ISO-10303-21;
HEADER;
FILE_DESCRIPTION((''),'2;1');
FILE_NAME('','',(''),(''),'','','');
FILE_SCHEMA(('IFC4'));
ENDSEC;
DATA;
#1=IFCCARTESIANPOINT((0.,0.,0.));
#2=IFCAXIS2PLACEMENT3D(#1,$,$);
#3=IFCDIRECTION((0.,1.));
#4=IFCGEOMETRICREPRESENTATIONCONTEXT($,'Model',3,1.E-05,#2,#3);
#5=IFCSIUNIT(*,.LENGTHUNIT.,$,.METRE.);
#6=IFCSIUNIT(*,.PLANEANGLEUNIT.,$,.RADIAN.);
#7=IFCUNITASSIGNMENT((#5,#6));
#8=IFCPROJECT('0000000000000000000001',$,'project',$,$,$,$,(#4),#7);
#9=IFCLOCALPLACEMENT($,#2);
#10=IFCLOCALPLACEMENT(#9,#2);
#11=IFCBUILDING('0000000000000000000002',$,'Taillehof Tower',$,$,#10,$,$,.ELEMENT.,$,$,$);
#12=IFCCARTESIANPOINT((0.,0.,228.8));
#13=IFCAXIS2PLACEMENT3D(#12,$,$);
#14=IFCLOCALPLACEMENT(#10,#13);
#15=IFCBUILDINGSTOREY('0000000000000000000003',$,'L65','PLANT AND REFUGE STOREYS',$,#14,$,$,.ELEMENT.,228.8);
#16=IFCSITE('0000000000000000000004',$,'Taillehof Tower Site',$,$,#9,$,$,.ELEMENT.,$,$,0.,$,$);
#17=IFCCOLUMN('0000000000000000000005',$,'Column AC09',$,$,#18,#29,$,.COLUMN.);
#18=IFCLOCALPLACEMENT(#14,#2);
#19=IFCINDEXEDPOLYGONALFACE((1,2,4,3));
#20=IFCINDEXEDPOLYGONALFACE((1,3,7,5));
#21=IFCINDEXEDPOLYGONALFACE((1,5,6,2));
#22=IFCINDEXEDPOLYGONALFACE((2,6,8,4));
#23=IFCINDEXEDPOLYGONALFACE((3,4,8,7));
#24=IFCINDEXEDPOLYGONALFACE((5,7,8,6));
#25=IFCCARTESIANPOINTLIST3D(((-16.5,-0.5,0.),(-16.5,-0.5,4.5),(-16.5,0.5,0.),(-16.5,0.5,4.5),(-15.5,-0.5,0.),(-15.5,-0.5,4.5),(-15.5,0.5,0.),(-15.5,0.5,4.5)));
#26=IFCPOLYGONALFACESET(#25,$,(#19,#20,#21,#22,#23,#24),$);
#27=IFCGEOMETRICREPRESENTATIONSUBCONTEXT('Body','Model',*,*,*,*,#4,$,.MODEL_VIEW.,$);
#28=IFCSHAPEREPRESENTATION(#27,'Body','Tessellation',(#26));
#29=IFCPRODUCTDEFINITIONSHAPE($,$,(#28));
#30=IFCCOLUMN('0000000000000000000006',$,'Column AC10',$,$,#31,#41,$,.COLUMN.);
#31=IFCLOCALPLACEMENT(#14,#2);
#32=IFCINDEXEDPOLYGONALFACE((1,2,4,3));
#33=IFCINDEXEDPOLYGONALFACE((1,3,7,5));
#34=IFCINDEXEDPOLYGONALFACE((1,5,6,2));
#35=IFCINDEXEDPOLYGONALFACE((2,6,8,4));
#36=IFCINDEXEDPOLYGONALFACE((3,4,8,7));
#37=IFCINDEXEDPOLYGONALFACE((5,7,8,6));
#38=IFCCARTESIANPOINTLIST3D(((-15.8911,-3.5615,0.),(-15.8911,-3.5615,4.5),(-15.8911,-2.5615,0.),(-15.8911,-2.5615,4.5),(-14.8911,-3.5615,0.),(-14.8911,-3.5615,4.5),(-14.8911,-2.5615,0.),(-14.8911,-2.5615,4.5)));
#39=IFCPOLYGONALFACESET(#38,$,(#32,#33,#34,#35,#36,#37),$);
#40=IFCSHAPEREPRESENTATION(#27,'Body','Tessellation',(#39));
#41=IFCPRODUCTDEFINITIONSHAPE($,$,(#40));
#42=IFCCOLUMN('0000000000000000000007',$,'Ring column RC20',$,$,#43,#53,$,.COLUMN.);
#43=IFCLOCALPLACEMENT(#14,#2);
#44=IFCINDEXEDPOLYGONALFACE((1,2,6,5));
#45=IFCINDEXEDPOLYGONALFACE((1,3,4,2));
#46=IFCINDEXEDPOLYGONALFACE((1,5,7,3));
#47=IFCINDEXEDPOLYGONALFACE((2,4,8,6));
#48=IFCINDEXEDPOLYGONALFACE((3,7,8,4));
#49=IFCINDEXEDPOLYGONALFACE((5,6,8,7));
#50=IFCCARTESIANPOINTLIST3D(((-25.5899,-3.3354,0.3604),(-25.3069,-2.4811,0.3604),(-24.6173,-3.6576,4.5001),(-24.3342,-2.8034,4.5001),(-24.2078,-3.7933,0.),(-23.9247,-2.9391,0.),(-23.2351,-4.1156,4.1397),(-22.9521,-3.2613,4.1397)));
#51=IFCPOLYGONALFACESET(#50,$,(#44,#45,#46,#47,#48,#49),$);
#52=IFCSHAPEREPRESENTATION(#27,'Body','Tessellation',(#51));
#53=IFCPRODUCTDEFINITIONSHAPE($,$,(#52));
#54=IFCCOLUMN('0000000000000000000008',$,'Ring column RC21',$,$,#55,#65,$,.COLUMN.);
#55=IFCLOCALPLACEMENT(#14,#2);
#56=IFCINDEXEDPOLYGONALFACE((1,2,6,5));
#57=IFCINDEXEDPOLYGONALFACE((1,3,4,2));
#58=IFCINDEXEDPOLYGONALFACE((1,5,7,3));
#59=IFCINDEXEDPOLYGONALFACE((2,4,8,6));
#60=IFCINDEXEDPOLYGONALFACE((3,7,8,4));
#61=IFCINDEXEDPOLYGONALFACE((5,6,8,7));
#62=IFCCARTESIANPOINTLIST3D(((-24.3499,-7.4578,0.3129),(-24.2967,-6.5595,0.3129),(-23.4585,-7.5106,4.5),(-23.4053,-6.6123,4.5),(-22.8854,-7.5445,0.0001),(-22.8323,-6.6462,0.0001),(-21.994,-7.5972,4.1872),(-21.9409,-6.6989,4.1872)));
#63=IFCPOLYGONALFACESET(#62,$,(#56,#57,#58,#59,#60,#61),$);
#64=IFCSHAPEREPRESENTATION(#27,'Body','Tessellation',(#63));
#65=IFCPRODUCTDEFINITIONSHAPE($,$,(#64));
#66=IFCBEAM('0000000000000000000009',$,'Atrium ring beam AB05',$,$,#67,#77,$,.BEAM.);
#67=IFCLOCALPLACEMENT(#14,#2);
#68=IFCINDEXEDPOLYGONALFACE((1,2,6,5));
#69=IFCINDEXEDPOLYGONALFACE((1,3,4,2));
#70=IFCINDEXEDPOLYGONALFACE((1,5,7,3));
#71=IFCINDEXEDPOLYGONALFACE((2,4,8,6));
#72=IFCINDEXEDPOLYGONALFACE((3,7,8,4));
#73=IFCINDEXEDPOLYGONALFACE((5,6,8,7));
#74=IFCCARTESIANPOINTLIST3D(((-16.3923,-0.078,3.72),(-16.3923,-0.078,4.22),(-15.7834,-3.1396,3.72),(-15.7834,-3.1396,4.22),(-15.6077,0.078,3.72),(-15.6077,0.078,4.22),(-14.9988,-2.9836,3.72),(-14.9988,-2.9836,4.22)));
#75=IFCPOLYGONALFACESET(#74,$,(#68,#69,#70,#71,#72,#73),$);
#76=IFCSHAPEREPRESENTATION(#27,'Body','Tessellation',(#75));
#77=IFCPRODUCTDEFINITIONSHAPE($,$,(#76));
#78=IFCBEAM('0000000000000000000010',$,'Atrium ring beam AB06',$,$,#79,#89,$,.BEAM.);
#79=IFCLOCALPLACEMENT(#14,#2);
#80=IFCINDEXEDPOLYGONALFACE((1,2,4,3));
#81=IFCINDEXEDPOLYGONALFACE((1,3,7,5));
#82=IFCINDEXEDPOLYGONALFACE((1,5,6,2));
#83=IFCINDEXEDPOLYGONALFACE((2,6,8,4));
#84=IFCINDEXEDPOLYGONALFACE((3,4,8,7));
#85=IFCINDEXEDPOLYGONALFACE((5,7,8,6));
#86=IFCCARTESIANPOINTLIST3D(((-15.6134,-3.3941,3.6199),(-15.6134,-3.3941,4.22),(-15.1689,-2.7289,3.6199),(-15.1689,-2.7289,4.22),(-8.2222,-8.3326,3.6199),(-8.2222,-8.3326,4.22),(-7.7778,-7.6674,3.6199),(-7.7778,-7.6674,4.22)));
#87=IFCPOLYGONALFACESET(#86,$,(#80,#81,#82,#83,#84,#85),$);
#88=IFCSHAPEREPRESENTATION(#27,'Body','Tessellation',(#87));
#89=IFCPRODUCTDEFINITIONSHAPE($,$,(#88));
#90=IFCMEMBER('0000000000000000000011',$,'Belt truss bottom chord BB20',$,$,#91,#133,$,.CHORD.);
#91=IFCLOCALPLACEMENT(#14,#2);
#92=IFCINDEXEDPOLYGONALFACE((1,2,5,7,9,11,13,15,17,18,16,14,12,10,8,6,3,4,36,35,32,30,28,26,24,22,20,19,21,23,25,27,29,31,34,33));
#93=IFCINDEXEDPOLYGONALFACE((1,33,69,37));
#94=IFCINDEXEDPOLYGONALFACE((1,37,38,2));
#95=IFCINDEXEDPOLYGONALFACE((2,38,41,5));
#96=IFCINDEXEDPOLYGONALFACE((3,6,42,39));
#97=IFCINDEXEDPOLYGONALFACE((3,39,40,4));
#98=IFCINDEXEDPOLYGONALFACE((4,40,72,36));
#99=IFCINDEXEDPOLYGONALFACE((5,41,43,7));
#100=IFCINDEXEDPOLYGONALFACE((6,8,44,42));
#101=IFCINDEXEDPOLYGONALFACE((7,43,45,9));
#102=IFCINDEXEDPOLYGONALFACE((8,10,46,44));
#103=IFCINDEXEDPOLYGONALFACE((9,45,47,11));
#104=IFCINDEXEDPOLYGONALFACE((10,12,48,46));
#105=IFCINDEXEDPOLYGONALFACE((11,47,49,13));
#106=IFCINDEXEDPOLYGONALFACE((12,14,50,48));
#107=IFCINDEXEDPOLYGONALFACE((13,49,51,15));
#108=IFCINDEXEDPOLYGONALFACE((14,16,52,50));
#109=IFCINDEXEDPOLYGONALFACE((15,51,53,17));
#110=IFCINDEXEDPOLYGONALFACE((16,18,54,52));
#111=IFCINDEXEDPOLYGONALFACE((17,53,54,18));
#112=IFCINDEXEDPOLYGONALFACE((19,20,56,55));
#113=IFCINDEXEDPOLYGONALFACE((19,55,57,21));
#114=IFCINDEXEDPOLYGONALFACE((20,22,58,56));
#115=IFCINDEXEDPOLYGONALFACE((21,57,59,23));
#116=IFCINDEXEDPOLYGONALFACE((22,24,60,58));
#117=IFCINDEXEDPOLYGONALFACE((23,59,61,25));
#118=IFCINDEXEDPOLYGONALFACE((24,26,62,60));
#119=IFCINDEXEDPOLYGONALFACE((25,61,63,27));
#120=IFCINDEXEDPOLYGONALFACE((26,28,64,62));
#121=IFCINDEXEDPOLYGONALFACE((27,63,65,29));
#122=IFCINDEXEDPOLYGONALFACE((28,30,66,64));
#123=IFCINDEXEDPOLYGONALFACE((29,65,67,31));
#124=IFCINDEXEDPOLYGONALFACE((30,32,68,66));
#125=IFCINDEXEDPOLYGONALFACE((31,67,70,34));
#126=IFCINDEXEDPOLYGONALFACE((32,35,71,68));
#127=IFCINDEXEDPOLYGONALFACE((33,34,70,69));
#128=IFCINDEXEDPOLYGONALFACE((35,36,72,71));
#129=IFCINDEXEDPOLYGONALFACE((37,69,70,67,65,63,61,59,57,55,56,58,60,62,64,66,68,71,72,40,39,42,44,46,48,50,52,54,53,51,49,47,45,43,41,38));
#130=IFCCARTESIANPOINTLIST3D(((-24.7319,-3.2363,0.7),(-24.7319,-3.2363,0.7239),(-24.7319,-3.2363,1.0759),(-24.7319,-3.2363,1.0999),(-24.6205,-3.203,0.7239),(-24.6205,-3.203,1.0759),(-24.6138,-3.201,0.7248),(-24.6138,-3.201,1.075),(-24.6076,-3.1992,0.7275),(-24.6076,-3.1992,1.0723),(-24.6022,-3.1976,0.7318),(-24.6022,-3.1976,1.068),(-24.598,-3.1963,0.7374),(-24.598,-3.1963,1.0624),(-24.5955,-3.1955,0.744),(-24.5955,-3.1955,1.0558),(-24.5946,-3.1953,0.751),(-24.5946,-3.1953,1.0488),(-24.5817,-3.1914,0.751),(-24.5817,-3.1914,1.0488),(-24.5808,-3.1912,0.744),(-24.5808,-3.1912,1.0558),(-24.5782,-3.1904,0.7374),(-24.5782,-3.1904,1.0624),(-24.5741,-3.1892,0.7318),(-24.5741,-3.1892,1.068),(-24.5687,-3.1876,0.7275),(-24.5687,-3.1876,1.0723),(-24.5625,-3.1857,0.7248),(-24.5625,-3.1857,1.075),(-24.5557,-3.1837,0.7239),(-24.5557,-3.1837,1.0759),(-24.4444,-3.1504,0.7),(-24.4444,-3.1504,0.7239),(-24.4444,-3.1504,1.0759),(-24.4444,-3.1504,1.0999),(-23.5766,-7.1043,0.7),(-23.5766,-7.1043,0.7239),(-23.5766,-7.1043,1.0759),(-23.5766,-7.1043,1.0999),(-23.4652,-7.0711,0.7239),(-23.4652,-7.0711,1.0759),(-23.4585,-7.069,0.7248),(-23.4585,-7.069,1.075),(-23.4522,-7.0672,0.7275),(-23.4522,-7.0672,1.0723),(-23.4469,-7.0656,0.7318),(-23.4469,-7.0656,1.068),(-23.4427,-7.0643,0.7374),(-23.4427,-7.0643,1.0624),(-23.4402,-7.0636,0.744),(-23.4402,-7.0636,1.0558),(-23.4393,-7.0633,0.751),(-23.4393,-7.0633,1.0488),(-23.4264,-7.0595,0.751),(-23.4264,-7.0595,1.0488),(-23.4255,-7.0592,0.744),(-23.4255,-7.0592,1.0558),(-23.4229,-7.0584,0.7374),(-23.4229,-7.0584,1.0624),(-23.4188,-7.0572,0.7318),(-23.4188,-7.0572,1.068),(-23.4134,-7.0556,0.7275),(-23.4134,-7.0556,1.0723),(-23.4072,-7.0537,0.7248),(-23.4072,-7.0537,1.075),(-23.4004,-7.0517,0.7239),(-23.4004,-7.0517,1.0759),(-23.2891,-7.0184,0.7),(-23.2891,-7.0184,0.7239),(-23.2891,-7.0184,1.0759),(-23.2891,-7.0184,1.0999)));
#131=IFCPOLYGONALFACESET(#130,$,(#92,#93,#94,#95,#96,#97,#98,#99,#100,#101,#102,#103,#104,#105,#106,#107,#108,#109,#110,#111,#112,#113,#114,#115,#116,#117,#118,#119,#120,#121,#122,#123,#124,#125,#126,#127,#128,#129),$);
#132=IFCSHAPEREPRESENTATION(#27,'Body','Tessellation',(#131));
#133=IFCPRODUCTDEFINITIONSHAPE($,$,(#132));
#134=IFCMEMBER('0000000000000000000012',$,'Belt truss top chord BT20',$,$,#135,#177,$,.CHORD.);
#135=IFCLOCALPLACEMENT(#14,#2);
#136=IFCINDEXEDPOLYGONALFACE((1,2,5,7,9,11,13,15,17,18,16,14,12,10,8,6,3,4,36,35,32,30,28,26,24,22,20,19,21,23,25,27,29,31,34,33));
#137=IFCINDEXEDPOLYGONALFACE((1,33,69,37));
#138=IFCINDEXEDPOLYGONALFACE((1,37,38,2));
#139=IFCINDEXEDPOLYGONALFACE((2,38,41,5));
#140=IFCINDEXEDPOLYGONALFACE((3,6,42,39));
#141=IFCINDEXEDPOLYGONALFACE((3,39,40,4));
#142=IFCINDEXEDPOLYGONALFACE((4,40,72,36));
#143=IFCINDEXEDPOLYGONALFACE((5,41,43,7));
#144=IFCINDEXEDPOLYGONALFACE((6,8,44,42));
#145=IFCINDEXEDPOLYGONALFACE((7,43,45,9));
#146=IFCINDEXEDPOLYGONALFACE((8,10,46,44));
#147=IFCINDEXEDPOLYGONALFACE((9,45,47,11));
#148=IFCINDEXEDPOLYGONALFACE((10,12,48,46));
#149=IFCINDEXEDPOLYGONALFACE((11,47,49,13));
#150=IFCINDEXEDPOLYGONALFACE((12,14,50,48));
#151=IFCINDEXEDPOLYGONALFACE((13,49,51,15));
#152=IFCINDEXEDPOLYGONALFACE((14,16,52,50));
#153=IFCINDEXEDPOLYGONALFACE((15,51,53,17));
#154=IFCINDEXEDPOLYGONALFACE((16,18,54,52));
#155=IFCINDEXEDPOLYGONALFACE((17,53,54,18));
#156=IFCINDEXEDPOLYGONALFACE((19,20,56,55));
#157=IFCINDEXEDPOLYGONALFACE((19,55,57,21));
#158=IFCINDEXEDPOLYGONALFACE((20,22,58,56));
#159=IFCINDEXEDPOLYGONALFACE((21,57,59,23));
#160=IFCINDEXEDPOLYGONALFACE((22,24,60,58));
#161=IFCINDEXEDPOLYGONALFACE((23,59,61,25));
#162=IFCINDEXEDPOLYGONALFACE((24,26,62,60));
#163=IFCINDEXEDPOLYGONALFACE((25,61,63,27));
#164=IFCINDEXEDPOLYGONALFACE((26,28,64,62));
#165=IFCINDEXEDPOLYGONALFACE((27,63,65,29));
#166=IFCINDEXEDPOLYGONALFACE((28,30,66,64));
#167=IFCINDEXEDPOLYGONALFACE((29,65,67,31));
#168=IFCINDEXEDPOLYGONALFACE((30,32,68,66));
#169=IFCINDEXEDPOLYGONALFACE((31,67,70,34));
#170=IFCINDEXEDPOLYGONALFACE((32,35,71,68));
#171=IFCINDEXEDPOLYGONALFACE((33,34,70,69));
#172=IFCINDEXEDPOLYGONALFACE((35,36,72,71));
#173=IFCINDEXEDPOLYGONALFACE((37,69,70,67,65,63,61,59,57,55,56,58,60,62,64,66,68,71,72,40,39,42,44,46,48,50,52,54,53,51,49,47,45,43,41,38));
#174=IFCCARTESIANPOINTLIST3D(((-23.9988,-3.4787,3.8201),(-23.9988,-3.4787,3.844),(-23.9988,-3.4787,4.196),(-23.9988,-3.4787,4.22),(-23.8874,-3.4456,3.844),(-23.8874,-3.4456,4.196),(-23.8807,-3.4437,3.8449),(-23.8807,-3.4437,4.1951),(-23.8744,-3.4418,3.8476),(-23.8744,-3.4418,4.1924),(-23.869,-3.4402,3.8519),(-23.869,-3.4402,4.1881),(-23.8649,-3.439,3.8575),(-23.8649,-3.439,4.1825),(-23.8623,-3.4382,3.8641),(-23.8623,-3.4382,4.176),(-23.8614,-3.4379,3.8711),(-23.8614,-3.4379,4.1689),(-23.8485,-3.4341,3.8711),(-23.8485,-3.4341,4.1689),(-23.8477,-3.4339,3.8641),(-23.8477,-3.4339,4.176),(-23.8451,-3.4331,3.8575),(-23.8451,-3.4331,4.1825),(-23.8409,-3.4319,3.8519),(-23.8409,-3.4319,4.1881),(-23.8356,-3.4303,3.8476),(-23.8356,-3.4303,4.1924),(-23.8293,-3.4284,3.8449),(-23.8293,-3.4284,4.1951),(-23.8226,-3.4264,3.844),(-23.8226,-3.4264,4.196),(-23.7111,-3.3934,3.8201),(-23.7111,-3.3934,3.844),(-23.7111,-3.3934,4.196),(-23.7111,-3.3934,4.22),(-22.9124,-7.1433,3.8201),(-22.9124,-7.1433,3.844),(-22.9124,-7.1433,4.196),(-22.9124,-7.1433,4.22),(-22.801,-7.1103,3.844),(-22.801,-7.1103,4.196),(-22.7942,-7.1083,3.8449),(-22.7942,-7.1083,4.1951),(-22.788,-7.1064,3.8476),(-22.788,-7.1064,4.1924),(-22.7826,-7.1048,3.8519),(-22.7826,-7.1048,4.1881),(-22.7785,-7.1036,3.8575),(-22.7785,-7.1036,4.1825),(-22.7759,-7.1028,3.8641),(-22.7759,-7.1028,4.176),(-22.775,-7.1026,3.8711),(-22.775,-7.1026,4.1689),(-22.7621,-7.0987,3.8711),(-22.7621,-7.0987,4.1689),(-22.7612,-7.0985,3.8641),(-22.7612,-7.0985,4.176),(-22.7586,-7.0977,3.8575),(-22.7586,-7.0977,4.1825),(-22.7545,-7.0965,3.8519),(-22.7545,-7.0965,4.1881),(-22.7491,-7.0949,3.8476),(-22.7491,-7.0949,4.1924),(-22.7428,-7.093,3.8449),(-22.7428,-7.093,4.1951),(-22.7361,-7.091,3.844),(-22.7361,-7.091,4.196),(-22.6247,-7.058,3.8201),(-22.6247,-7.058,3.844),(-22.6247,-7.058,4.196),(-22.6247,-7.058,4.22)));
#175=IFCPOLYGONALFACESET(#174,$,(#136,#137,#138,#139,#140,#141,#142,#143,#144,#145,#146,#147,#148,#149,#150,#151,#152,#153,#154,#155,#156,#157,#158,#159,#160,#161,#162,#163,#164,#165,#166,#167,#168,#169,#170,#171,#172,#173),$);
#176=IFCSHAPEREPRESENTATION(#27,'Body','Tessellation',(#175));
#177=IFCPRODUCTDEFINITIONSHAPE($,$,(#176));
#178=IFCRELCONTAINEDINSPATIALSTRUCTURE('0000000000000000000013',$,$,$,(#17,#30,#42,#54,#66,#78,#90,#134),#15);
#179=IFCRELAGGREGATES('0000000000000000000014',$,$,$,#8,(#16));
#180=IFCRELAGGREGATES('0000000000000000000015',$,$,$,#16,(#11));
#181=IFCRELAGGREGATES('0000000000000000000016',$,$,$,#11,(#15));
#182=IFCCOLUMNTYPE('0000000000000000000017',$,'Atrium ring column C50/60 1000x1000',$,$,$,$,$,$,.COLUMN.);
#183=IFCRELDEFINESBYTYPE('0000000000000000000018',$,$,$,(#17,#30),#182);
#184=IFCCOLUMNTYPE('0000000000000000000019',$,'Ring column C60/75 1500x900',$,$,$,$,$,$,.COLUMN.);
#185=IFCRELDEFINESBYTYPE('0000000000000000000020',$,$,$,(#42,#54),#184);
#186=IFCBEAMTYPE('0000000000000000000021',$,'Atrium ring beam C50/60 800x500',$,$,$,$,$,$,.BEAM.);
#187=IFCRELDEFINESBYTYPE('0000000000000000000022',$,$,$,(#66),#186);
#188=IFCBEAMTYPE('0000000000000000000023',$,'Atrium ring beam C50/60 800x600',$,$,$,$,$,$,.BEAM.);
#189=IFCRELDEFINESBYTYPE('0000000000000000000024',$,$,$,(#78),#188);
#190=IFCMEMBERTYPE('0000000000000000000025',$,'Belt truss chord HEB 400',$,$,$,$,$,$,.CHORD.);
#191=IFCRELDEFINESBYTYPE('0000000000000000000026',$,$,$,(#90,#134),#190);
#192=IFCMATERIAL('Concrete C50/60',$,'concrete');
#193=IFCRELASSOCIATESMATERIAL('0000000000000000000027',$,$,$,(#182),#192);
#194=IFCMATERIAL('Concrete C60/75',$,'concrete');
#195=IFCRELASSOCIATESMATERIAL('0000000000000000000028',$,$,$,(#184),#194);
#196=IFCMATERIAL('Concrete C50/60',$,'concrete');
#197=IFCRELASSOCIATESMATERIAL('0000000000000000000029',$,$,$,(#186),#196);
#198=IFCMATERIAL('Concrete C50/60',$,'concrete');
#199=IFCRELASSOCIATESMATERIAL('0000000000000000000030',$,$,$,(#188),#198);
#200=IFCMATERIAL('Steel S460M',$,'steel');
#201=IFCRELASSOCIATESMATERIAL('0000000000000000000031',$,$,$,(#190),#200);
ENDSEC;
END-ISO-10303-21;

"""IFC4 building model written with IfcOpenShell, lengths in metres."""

from ifc_helpers import new_model, si_unit, direction, frame, origin, origin_2d, place, context, subcontext, project, spatial, rectangle, i_section, extrude, material, material_profile, profile_set, type_object, element, save


model = new_model("IFC4")

# Units and contexts
model_context = context("Model", 3, precision=1e-05, world=origin(), true_north=direction((0.0, 1.0)))
body_context = subcontext(model_context, "Body", "Model", "MODEL_VIEW")
ifc_project = project(units=[si_unit("LENGTHUNIT", "METRE"), si_unit("PLANEANGLEUNIT", "RADIAN")], contexts=[model_context])

# Site, building, storey
site_placement = place(None, origin())
site = spatial("IfcSite", under=ifc_project, at=site_placement, Name="Taillehof Tower Site", CompositionType="ELEMENT", RefElevation=0.0)
building_placement = place(site_placement, origin())
building = spatial("IfcBuilding", under=site, at=building_placement, Name="Taillehof Tower", CompositionType="ELEMENT")
storey_placement = place(building_placement, frame((0.0, 0.0, 228.8)))
storey = spatial("IfcBuildingStorey", under=building, at=storey_placement, Name="L65", Description="PLANT AND REFUGE STOREYS", CompositionType="ELEMENT", Elevation=228.8)

# Columns
ifc_material_1 = material(Name="Concrete C50/60", Category="concrete")
ifc_material_profile_1 = material_profile(ifc_material_1, rectangle(XDim=1.0, YDim=1.0, at=origin_2d()), Name="RC 1000x1000")
ifc_profile_set_1 = profile_set([ifc_material_profile_1], Name="Concrete C50/60")
column_type_1 = type_object("IfcColumnType", Name="Atrium ring column C50/60 1000x1000", PredefinedType="COLUMN", material=ifc_profile_set_1)
for number, where, z_axis, x_axis, name in (
    (1, (-16.0, 0.0, 0.0), (0.0, 0.0, 1.0), (1.0, 0.0, 0.0), "Column AC09"),
    (2, (-15.3911, -3.0615, 0.0), (0.0, 0.0, 1.0), (1.0, 0.0, 0.0), "Column AC10"),
):
    element("IfcColumn", number, at=place(storey_placement, frame(where, z_axis=z_axis, x_axis=x_axis)), inside=storey, type_object=column_type_1, Name=name, PredefinedType="COLUMN", context=body_context, shape_type="SweptSolid", body=[
        extrude(rectangle(XDim=1.0, YDim=1.0, at=origin_2d()), origin(), (0.0, 0.0, 1.0), 4.5),
    ])
ifc_material_2 = material(Name="Concrete C60/75", Category="concrete")
ifc_material_profile_2 = material_profile(ifc_material_2, rectangle(XDim=1.5, YDim=0.8999, at=origin_2d()), Name="RC 1500x900")
ifc_profile_set_2 = profile_set([ifc_material_profile_2], Name="Concrete C60/75")
column_type_2 = type_object("IfcColumnType", Name="Ring column C60/75 1500x900", PredefinedType="COLUMN", material=ifc_profile_set_2)
column_1_placement = place(storey_placement, frame((-24.7573, -3.1372, 0.1802), z_axis=(0.228078, -0.075568, 0.970706), x_axis=(-0.921446, 0.305298, 0.240271)))
element("IfcColumn", 3, at=column_1_placement, inside=storey, type_object=column_type_2, Name="Ring column RC20", PredefinedType="COLUMN", context=body_context, shape_type="SweptSolid", body=[
    extrude(rectangle(XDim=1.5, YDim=0.8999, at=origin_2d()), origin(), (0.0, 0.0, 1.0), 4.2646),
])
column_2_placement = place(storey_placement, frame((-23.5911, -7.052, 0.1565), z_axis=(0.208204, -0.012318, 0.978008), x_axis=(-0.976301, 0.05776, 0.208569)))
element("IfcColumn", 4, at=column_2_placement, inside=storey, type_object=column_type_2, Name="Ring column RC21", PredefinedType="COLUMN", context=body_context, shape_type="SweptSolid", body=[
    extrude(rectangle(XDim=1.5, YDim=0.8999, at=origin_2d()), origin(), (0.0, 0.0, 1.0), 4.2812),
])

# Beams
ifc_material_3 = material(Name="Concrete C50/60", Category="concrete")
ifc_material_profile_3 = material_profile(ifc_material_3, rectangle(XDim=0.8, YDim=0.5, at=origin_2d()), Name="RC 800x500")
ifc_profile_set_3 = profile_set([ifc_material_profile_3], Name="Concrete C50/60")
beam_type_1 = type_object("IfcBeamType", Name="Atrium ring beam C50/60 800x500", PredefinedType="BEAM", material=ifc_profile_set_3)
beam_1_placement = place(storey_placement, frame((-16.0, 0.0, 3.97), z_axis=(0.195063, -0.980791, 0.0), x_axis=(0.980791, 0.195063, 0.0)))
element("IfcBeam", 5, at=beam_1_placement, inside=storey, type_object=beam_type_1, Name="Atrium ring beam AB05", PredefinedType="BEAM", context=body_context, shape_type="SweptSolid", body=[
    extrude(rectangle(XDim=0.8, YDim=0.5, at=origin_2d()), origin(), (0.0, 0.0, 1.0), 3.1216),
])
ifc_material_4 = material(Name="Concrete C50/60", Category="concrete")
ifc_material_profile_4 = material_profile(ifc_material_4, rectangle(XDim=0.8, YDim=0.6001, at=origin_2d()), Name="RC 800x600")
ifc_profile_set_4 = profile_set([ifc_material_profile_4], Name="Concrete C50/60")
beam_type_2 = type_object("IfcBeamType", Name="Atrium ring beam C50/60 800x600", PredefinedType="BEAM", material=ifc_profile_set_4)
beam_2_placement = place(storey_placement, frame((-15.3911, -3.0615, 3.9199), z_axis=(0.831475, -0.555562, 0.0), x_axis=(0.555562, 0.831475, 0.0)))
element("IfcBeam", 6, at=beam_2_placement, inside=storey, type_object=beam_type_2, Name="Atrium ring beam AB06", PredefinedType="BEAM", context=body_context, shape_type="SweptSolid", body=[
    extrude(rectangle(XDim=0.8, YDim=0.6001, at=origin_2d()), origin(), (0.0, 0.0, 1.0), 8.8892),
])

# Members
ifc_material_5 = material(Name="Steel S460M", Category="steel")
ifc_material_profile_5 = material_profile(ifc_material_5, i_section(OverallWidth=0.3, OverallDepth=0.3999, WebThickness=0.0134, FlangeThickness=0.0239, FilletRadius=0.0271, at=origin_2d()), Name="HEB 400")
ifc_profile_set_5 = profile_set([ifc_material_profile_5], Name="Steel S460M")
member_type_1 = type_object("IfcMemberType", Name="Belt truss chord HEB 400", PredefinedType="CHORD", material=ifc_profile_set_5)
member_1_placement = place(storey_placement, frame((-24.5881, -3.1934, 0.8999), z_axis=(0.286188, -0.958173, 0.0), x_axis=(0.958173, 0.286188, 0.0)))
element("IfcMember", 7, at=member_1_placement, inside=storey, type_object=member_type_1, Name="Belt truss bottom chord BB20", PredefinedType="CHORD", context=body_context, shape_type="SweptSolid", body=[
    extrude(i_section(OverallWidth=0.3, OverallDepth=0.3999, WebThickness=0.0134, FlangeThickness=0.0239, FilletRadius=0.0271, at=origin_2d()), origin(), (0.0, 0.0, 1.0), 4.0369),
])
member_2_placement = place(storey_placement, frame((-23.855, -3.436, 4.02), z_axis=(0.284241, -0.958753, 0.0), x_axis=(0.958753, 0.284241, 0.0)))
element("IfcMember", 8, at=member_2_placement, inside=storey, type_object=member_type_1, Name="Belt truss top chord BT20", PredefinedType="CHORD", context=body_context, shape_type="SweptSolid", body=[
    extrude(i_section(OverallWidth=0.3, OverallDepth=0.3999, WebThickness=0.0134, FlangeThickness=0.0239, FilletRadius=0.0271, at=origin_2d()), origin(), (0.0, 0.0, 1.0), 3.8223),
])

save(model, "model.ifc")
